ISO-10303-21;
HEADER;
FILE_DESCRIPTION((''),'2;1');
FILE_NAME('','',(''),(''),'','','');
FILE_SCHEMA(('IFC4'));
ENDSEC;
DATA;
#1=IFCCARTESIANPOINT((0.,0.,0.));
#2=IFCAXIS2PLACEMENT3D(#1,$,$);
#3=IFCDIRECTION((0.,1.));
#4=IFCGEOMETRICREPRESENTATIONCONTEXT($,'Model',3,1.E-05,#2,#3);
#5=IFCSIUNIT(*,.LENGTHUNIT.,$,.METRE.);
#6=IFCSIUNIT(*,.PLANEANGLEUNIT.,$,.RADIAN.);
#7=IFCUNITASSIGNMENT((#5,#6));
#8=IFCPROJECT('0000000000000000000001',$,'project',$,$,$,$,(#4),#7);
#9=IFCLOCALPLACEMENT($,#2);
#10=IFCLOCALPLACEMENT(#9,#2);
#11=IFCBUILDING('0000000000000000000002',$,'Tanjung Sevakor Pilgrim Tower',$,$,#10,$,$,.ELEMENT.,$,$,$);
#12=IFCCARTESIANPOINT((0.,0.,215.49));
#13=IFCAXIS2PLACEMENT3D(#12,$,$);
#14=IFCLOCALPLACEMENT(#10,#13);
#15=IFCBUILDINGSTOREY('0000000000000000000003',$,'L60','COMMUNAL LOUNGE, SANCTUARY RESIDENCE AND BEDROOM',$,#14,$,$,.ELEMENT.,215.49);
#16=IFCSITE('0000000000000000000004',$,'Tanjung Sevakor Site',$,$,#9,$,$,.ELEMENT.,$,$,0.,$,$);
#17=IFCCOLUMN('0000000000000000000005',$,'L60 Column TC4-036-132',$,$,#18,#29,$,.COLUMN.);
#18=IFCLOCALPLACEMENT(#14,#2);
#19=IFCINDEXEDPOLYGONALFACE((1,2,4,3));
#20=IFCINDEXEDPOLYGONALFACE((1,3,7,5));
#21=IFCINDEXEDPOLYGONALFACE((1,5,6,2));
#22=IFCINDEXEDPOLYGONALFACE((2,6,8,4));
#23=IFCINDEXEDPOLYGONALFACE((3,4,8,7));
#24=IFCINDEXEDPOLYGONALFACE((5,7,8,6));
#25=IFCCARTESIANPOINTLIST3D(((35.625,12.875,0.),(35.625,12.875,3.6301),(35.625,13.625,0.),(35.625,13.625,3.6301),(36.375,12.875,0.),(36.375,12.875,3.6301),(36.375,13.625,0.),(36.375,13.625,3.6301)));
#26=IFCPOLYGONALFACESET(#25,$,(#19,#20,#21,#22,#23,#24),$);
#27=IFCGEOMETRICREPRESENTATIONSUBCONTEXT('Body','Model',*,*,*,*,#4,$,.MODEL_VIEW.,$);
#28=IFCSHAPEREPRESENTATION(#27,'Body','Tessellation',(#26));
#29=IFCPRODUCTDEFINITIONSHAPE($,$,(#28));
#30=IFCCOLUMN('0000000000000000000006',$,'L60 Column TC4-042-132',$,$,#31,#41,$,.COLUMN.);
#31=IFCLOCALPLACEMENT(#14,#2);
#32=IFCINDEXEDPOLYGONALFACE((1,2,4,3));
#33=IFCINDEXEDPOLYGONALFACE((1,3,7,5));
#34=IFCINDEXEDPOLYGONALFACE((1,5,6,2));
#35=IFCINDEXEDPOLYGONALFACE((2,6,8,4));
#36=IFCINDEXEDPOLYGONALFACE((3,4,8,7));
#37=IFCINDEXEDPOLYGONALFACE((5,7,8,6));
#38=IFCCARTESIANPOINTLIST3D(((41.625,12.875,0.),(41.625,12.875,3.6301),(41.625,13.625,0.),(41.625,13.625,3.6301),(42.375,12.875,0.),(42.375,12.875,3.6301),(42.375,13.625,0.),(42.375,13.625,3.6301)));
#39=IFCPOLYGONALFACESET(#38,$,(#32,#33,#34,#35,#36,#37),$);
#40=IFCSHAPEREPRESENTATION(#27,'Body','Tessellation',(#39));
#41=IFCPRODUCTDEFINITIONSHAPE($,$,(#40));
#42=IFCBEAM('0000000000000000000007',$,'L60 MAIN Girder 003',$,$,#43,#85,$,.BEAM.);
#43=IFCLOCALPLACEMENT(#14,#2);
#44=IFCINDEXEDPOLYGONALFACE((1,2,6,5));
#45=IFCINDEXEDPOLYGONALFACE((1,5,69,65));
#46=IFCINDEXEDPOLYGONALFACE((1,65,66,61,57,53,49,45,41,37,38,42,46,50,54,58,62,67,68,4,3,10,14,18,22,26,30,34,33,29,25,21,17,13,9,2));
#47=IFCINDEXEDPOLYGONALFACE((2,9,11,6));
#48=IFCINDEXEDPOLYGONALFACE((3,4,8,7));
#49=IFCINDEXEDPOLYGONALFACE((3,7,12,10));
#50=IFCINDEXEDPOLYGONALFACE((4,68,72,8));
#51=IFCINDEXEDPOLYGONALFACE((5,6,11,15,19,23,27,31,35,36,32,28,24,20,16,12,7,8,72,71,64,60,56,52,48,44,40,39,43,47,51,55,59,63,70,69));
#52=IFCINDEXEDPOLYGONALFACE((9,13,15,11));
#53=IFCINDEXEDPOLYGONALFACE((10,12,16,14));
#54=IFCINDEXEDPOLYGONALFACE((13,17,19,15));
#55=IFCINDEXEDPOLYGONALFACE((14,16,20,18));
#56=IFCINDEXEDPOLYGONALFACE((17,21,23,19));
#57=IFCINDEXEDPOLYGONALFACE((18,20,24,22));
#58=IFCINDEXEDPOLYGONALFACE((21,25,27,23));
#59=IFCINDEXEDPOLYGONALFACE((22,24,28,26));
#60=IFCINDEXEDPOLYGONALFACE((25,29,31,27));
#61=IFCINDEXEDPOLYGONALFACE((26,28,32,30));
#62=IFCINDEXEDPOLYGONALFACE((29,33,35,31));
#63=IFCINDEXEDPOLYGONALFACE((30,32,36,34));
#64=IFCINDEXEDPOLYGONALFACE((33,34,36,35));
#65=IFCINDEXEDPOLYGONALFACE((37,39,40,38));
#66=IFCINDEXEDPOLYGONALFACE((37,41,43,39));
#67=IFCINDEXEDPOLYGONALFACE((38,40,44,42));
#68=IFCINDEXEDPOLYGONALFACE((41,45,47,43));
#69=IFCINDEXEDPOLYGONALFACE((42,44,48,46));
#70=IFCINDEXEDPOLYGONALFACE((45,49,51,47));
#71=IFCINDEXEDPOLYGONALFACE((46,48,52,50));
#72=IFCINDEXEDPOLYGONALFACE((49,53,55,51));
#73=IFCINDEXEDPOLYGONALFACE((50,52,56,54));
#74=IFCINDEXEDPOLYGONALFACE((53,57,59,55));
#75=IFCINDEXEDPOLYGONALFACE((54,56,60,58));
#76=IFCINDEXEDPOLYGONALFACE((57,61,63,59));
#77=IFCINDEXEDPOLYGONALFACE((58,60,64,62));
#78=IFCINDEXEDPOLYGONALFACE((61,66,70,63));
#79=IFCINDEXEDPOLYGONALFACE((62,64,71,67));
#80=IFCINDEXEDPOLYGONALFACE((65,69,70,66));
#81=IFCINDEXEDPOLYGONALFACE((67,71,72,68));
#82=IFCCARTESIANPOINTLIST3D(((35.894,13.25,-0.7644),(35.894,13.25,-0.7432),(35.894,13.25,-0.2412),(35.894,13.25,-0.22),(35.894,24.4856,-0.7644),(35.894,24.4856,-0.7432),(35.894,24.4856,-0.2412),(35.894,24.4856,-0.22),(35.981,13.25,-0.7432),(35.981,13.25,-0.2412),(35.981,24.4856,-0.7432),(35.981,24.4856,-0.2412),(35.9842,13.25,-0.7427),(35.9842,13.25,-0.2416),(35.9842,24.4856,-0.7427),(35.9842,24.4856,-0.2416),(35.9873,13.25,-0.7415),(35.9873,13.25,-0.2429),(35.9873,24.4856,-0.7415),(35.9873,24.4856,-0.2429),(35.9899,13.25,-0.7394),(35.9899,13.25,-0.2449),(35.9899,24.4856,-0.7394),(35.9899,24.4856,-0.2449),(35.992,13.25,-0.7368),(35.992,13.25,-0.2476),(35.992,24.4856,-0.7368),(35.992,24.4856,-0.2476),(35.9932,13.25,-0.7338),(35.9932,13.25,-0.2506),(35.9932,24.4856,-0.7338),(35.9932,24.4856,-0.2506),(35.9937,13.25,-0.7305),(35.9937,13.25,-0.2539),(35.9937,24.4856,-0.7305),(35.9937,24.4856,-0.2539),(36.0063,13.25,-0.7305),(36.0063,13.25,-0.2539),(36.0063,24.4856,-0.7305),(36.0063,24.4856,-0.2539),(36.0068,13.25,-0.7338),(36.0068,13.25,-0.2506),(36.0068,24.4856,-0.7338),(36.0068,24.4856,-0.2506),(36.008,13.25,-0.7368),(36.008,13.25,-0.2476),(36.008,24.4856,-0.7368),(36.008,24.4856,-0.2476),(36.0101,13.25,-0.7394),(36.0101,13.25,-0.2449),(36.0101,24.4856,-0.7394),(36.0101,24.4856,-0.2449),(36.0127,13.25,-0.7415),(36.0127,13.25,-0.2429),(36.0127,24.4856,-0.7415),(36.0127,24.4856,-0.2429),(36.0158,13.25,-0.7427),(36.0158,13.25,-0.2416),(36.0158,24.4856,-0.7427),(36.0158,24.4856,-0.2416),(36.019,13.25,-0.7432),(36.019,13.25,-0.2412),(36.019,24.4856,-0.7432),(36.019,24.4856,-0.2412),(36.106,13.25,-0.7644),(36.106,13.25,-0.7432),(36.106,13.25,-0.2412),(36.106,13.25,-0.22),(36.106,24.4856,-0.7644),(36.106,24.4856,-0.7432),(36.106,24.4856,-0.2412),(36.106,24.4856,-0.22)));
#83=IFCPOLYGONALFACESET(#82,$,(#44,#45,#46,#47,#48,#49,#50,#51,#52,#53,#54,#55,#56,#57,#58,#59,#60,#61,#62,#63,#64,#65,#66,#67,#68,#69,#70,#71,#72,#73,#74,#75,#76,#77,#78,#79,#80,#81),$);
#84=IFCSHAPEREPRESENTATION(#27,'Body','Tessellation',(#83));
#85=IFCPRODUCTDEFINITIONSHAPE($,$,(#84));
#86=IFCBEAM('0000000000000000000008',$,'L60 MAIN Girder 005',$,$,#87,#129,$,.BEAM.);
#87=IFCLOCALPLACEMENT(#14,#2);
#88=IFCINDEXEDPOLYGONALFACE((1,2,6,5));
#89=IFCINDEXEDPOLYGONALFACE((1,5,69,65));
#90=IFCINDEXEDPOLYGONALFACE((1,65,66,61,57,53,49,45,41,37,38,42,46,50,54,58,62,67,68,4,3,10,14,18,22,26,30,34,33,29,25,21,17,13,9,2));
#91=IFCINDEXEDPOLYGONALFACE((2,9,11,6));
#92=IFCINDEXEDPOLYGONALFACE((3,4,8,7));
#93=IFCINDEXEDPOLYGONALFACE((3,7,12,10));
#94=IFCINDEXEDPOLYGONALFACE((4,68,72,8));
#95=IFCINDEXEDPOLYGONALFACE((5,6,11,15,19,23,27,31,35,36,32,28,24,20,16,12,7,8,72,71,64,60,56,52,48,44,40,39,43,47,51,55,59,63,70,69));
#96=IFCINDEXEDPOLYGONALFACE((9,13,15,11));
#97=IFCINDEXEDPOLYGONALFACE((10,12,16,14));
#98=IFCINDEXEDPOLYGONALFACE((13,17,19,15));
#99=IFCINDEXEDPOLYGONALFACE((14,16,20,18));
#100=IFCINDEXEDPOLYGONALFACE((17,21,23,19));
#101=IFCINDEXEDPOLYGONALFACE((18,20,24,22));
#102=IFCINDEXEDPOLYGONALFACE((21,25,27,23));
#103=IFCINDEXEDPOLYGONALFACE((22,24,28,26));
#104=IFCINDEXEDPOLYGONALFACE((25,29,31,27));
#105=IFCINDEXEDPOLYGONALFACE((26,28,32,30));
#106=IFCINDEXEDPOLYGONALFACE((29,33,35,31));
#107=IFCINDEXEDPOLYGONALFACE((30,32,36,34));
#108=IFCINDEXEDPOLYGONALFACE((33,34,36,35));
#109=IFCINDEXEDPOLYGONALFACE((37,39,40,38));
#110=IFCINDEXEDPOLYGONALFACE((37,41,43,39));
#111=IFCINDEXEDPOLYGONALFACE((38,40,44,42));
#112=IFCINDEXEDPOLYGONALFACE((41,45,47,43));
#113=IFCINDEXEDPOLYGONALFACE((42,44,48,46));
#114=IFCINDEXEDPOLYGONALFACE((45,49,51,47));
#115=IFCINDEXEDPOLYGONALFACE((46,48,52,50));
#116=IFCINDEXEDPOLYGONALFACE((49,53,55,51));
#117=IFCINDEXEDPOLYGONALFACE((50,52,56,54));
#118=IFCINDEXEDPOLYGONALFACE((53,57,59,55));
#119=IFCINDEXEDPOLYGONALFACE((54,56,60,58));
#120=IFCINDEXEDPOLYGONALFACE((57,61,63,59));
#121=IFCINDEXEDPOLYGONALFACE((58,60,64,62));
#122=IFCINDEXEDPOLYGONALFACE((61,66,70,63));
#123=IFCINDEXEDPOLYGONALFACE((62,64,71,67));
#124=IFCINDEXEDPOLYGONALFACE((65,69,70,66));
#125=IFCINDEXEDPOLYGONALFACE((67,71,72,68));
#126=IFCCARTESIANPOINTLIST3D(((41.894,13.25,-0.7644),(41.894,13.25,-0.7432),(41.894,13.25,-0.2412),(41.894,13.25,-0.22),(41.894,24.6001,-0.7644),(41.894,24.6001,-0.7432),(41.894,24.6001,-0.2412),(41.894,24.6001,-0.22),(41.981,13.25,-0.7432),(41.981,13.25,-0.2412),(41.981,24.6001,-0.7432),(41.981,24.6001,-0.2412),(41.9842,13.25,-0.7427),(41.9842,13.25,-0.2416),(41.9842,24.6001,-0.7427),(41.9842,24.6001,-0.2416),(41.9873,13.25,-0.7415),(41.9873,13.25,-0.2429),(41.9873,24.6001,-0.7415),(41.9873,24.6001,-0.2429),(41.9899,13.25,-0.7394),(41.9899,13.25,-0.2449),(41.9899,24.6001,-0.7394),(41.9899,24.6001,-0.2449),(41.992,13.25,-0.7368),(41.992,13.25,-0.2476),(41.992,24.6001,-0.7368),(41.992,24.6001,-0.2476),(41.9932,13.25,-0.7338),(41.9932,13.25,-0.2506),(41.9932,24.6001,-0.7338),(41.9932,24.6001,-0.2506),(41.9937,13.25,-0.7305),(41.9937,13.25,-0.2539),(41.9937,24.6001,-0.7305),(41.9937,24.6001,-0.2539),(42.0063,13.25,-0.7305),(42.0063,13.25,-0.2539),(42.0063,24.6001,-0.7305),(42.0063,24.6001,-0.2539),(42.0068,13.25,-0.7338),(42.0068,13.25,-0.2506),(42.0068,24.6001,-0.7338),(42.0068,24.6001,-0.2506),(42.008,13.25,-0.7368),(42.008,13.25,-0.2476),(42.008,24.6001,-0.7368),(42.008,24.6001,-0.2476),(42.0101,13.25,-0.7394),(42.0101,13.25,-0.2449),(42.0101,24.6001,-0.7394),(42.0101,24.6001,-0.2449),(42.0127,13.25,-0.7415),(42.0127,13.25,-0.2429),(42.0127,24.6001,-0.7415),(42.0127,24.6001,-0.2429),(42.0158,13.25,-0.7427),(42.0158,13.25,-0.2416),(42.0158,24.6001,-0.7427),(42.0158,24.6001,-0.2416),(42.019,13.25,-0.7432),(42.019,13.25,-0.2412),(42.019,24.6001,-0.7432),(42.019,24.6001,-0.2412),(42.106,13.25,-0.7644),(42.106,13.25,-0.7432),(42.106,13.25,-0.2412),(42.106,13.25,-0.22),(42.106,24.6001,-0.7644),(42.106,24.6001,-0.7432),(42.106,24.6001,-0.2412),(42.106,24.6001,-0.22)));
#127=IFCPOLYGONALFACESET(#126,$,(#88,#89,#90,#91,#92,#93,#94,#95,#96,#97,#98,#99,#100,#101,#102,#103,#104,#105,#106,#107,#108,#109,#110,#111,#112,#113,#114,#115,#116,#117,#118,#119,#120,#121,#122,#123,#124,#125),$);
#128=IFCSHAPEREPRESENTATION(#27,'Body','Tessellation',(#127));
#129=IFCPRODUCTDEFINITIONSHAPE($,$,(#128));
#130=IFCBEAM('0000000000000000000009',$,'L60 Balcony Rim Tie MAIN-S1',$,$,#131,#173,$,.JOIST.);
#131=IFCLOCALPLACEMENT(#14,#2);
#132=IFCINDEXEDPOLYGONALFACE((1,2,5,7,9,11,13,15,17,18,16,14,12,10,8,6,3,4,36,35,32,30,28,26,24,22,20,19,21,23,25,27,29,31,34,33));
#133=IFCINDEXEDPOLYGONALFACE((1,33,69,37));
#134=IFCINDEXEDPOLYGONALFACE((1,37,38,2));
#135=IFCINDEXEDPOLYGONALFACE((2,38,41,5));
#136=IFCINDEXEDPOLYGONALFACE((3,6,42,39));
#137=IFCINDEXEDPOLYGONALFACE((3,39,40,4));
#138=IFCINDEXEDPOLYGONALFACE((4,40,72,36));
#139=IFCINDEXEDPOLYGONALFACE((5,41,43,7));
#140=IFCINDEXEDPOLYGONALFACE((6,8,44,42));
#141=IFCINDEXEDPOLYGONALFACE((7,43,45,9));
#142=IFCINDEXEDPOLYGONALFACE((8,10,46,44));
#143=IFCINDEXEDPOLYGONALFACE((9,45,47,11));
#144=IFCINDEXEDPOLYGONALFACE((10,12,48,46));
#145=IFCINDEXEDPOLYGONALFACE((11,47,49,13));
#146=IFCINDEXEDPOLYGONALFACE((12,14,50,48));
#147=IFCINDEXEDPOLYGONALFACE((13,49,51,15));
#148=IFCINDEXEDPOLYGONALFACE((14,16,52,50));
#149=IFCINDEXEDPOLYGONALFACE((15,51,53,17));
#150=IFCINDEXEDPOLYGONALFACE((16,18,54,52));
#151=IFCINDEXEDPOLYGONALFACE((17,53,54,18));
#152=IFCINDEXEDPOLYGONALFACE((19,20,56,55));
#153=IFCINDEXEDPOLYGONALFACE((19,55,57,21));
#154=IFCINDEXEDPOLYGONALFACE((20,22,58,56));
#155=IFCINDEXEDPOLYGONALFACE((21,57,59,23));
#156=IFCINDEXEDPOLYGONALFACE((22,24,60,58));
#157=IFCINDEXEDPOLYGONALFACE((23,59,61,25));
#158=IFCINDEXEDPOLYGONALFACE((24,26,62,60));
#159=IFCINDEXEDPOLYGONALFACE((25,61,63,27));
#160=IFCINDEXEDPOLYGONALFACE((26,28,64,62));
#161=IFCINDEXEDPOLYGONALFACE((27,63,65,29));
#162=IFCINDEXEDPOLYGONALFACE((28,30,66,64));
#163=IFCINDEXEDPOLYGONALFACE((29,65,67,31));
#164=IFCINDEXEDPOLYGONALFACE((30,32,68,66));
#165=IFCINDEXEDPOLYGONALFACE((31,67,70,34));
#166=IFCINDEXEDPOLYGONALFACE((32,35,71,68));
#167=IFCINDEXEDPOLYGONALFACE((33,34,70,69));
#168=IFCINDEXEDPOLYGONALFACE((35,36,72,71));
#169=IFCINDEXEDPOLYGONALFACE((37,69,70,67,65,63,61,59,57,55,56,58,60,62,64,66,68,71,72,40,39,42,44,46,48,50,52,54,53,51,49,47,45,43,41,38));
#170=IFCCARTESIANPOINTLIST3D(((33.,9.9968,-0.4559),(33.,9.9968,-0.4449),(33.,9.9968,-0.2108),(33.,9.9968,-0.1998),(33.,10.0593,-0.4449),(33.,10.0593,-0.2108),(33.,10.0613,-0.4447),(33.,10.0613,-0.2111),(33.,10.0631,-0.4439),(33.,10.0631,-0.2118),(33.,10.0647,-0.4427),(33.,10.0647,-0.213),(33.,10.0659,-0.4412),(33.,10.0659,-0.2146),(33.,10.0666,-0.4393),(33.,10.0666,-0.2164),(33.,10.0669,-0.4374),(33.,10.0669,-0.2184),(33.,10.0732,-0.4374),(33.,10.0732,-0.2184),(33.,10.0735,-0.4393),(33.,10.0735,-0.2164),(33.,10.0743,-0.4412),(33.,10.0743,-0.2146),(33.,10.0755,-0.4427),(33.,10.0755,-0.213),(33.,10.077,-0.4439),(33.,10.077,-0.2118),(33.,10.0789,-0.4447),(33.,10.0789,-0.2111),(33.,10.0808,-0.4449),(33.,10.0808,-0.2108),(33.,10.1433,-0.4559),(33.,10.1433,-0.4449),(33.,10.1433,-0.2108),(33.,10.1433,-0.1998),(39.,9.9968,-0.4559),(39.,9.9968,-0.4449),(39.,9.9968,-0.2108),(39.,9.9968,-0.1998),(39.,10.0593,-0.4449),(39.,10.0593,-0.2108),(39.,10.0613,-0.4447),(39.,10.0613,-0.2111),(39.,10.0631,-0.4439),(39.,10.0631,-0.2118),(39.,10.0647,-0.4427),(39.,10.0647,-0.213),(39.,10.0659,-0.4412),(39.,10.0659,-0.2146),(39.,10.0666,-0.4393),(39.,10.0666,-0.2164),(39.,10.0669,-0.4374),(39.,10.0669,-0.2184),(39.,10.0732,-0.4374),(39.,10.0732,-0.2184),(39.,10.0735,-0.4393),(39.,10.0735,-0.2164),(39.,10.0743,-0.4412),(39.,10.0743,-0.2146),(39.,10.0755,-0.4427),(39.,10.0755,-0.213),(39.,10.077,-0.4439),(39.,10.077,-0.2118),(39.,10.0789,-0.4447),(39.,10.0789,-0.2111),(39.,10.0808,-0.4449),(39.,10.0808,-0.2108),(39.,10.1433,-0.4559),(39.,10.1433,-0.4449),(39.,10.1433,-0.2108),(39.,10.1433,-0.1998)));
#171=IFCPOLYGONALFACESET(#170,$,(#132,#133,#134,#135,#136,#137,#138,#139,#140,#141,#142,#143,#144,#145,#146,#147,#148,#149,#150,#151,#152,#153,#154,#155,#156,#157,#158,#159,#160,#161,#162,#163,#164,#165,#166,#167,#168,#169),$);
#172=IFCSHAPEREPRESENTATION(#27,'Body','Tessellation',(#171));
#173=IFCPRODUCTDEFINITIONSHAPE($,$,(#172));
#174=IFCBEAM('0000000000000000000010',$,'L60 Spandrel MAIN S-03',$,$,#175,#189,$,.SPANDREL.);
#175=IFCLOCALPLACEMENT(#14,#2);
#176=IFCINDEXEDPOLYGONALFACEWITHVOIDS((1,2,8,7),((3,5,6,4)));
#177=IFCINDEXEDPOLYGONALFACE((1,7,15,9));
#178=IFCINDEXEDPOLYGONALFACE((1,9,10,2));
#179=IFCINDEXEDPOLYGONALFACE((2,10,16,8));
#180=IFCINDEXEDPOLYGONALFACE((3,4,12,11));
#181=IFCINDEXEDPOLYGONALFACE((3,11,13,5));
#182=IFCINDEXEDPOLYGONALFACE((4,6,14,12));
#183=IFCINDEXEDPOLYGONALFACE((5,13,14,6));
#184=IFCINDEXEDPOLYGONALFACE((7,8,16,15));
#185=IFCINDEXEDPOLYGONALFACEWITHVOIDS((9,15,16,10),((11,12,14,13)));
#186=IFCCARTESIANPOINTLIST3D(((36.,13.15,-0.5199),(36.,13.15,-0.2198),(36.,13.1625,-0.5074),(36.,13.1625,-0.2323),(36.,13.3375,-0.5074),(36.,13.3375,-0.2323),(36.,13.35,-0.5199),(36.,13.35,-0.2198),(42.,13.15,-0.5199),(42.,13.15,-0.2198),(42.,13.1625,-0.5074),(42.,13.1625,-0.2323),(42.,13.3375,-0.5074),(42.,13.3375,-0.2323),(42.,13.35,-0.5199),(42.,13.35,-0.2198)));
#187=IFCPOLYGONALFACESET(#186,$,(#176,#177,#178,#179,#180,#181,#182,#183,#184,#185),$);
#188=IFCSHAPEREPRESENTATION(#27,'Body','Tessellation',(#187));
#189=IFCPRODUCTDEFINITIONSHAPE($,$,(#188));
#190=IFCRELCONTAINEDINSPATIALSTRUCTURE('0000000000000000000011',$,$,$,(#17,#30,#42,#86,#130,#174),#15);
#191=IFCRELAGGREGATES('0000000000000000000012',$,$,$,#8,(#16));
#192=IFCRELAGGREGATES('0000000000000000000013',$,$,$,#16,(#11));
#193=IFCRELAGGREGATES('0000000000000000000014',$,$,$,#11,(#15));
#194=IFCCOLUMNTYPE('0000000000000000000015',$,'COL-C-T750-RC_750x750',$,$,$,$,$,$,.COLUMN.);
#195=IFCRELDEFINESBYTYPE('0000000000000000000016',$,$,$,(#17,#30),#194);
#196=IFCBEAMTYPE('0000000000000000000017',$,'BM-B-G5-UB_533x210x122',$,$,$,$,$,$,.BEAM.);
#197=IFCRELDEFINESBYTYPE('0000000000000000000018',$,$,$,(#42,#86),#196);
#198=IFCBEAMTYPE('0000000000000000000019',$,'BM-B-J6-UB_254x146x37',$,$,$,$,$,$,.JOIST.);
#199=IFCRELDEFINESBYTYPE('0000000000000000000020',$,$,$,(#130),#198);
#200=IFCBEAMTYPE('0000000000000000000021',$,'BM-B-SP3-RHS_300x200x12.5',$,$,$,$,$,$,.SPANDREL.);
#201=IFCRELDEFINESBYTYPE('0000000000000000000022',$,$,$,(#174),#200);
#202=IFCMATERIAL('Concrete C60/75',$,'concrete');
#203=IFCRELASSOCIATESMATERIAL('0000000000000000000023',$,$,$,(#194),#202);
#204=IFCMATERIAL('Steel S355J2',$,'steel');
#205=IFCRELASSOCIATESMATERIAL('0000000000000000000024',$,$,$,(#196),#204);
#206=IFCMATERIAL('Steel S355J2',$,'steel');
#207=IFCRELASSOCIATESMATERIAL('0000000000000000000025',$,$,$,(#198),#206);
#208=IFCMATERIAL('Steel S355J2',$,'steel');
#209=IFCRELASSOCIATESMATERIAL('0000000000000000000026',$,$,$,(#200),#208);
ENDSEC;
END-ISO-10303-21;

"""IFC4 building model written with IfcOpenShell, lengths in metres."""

from ifc_helpers import new_model, si_unit, direction, frame, origin, origin_2d, place, context, subcontext, project, spatial, rectangle, hollow_rectangle, i_section, extrude, material, material_profile, profile_set, type_object, element, save


model = new_model("IFC4")

# Units and contexts
model_context = context("Model", 3, precision=1e-05, world=origin(), true_north=direction((0.0, 1.0)))
body_context = subcontext(model_context, "Body", "Model", "MODEL_VIEW")
ifc_project = project(units=[si_unit("LENGTHUNIT", "METRE"), si_unit("PLANEANGLEUNIT", "RADIAN")], contexts=[model_context])

# Site, building, storey
site_placement = place(None, origin())
site = spatial("IfcSite", under=ifc_project, at=site_placement, Name="Tanjung Sevakor Site", CompositionType="ELEMENT", RefElevation=0.0)
building_placement = place(site_placement, origin())
building = spatial("IfcBuilding", under=site, at=building_placement, Name="Tanjung Sevakor Pilgrim Tower", CompositionType="ELEMENT")
storey_placement = place(building_placement, frame((0.0, 0.0, 215.49)))
storey = spatial("IfcBuildingStorey", under=building, at=storey_placement, Name="L60", Description="COMMUNAL LOUNGE, SANCTUARY RESIDENCE AND BEDROOM", CompositionType="ELEMENT", Elevation=215.49)

# Columns
ifc_material_1 = material(Name="Concrete C60/75", Category="concrete")
ifc_material_profile_1 = material_profile(ifc_material_1, rectangle(XDim=0.75, YDim=0.75, at=origin_2d()))
ifc_profile_set_1 = profile_set([ifc_material_profile_1], Name="Concrete C60/75")
column_type = type_object("IfcColumnType", Name="COL-C-T750-RC_750x750", PredefinedType="COLUMN", material=ifc_profile_set_1)
for number, where, z_axis, x_axis, name in (
    (1, (36.0, 13.25, 0.0), (0.0, 0.0, 1.0), (1.0, 0.0, 0.0), "L60 Column TC4-036-132"),
    (2, (42.0, 13.25, 0.0), (0.0, 0.0, 1.0), (1.0, 0.0, 0.0), "L60 Column TC4-042-132"),
):
    element("IfcColumn", number, at=place(storey_placement, frame(where, z_axis=z_axis, x_axis=x_axis)), inside=storey, type_object=column_type, Name=name, PredefinedType="COLUMN", context=body_context, shape_type="SweptSolid", body=[
        extrude(rectangle(XDim=0.75, YDim=0.75, at=origin_2d()), origin(), (0.0, 0.0, 1.0), 3.6301),
    ])

# Beams
ifc_material_2 = material(Name="Steel S355J2", Category="steel")
ifc_material_profile_2 = material_profile(ifc_material_2, i_section(OverallWidth=0.2119, OverallDepth=0.5444, WebThickness=0.0127, FlangeThickness=0.0212, FilletRadius=0.0127, at=origin_2d()))
ifc_profile_set_2 = profile_set([ifc_material_profile_2], Name="Steel S355J2")
beam_type_1 = type_object("IfcBeamType", Name="BM-B-G5-UB_533x210x122", PredefinedType="BEAM", material=ifc_profile_set_2)
beam_1_placement = place(storey_placement, frame((36.0, 13.25, -0.4922), z_axis=(0.0, 1.0, 0.0), x_axis=(-1.0, 0.0, 0.0)))
element("IfcBeam", 3, at=beam_1_placement, inside=storey, type_object=beam_type_1, Name="L60 MAIN Girder 003", PredefinedType="BEAM", context=body_context, shape_type="SweptSolid", body=[
    extrude(i_section(OverallWidth=0.2119, OverallDepth=0.5444, WebThickness=0.0127, FlangeThickness=0.0212, FilletRadius=0.0127, at=origin_2d()), origin(), (0.0, 0.0, 1.0), 11.2356),
])
beam_2_placement = place(storey_placement, frame((42.0, 13.25, -0.4922), z_axis=(0.0, 1.0, 0.0), x_axis=(-1.0, 0.0, 0.0)))
element("IfcBeam", 4, at=beam_2_placement, inside=storey, type_object=beam_type_1, Name="L60 MAIN Girder 005", PredefinedType="BEAM", context=body_context, shape_type="SweptSolid", body=[
    extrude(i_section(OverallWidth=0.2119, OverallDepth=0.5444, WebThickness=0.0127, FlangeThickness=0.0212, FilletRadius=0.0127, at=origin_2d()), origin(), (0.0, 0.0, 1.0), 11.3501),
])
ifc_material_3 = material(Name="Steel S355J2", Category="steel")
ifc_material_profile_3 = material_profile(ifc_material_3, i_section(OverallWidth=0.1465, OverallDepth=0.2561, WebThickness=0.0063, FlangeThickness=0.011, FilletRadius=0.0076, at=origin_2d()))
ifc_profile_set_3 = profile_set([ifc_material_profile_3], Name="Steel S355J2")
beam_type_2 = type_object("IfcBeamType", Name="BM-B-J6-UB_254x146x37", PredefinedType="JOIST", material=ifc_profile_set_3)
beam_3_placement = place(storey_placement, frame((33.0, 10.0701, -0.3279), z_axis=(1.0, 0.0, 0.0), x_axis=(0.0, 1.0, 0.0)))
element("IfcBeam", 5, at=beam_3_placement, inside=storey, type_object=beam_type_2, Name="L60 Balcony Rim Tie MAIN-S1", PredefinedType="JOIST", context=body_context, shape_type="SweptSolid", body=[
    extrude(i_section(OverallWidth=0.1465, OverallDepth=0.2561, WebThickness=0.0063, FlangeThickness=0.011, FilletRadius=0.0076, at=origin_2d()), origin(), (0.0, 0.0, 1.0), 6.0),
])
ifc_material_4 = material(Name="Steel S355J2", Category="steel")
ifc_material_profile_4 = material_profile(ifc_material_4, hollow_rectangle(XDim=0.2, YDim=0.3, WallThickness=0.0125, at=origin_2d()))
ifc_profile_set_4 = profile_set([ifc_material_profile_4], Name="Steel S355J2")
beam_type_3 = type_object("IfcBeamType", Name="BM-B-SP3-RHS_300x200x12.5", PredefinedType="SPANDREL", material=ifc_profile_set_4)
beam_4_placement = place(storey_placement, frame((36.0, 13.25, -0.3699), z_axis=(1.0, 0.0, 0.0), x_axis=(0.0, 1.0, 0.0)))
element("IfcBeam", 6, at=beam_4_placement, inside=storey, type_object=beam_type_3, Name="L60 Spandrel MAIN S-03", PredefinedType="SPANDREL", context=body_context, shape_type="SweptSolid", body=[
    extrude(hollow_rectangle(XDim=0.2, YDim=0.3, WallThickness=0.0125, at=origin_2d()), origin(), (0.0, 0.0, 1.0), 6.0),
])

save(model, "model.ifc")
